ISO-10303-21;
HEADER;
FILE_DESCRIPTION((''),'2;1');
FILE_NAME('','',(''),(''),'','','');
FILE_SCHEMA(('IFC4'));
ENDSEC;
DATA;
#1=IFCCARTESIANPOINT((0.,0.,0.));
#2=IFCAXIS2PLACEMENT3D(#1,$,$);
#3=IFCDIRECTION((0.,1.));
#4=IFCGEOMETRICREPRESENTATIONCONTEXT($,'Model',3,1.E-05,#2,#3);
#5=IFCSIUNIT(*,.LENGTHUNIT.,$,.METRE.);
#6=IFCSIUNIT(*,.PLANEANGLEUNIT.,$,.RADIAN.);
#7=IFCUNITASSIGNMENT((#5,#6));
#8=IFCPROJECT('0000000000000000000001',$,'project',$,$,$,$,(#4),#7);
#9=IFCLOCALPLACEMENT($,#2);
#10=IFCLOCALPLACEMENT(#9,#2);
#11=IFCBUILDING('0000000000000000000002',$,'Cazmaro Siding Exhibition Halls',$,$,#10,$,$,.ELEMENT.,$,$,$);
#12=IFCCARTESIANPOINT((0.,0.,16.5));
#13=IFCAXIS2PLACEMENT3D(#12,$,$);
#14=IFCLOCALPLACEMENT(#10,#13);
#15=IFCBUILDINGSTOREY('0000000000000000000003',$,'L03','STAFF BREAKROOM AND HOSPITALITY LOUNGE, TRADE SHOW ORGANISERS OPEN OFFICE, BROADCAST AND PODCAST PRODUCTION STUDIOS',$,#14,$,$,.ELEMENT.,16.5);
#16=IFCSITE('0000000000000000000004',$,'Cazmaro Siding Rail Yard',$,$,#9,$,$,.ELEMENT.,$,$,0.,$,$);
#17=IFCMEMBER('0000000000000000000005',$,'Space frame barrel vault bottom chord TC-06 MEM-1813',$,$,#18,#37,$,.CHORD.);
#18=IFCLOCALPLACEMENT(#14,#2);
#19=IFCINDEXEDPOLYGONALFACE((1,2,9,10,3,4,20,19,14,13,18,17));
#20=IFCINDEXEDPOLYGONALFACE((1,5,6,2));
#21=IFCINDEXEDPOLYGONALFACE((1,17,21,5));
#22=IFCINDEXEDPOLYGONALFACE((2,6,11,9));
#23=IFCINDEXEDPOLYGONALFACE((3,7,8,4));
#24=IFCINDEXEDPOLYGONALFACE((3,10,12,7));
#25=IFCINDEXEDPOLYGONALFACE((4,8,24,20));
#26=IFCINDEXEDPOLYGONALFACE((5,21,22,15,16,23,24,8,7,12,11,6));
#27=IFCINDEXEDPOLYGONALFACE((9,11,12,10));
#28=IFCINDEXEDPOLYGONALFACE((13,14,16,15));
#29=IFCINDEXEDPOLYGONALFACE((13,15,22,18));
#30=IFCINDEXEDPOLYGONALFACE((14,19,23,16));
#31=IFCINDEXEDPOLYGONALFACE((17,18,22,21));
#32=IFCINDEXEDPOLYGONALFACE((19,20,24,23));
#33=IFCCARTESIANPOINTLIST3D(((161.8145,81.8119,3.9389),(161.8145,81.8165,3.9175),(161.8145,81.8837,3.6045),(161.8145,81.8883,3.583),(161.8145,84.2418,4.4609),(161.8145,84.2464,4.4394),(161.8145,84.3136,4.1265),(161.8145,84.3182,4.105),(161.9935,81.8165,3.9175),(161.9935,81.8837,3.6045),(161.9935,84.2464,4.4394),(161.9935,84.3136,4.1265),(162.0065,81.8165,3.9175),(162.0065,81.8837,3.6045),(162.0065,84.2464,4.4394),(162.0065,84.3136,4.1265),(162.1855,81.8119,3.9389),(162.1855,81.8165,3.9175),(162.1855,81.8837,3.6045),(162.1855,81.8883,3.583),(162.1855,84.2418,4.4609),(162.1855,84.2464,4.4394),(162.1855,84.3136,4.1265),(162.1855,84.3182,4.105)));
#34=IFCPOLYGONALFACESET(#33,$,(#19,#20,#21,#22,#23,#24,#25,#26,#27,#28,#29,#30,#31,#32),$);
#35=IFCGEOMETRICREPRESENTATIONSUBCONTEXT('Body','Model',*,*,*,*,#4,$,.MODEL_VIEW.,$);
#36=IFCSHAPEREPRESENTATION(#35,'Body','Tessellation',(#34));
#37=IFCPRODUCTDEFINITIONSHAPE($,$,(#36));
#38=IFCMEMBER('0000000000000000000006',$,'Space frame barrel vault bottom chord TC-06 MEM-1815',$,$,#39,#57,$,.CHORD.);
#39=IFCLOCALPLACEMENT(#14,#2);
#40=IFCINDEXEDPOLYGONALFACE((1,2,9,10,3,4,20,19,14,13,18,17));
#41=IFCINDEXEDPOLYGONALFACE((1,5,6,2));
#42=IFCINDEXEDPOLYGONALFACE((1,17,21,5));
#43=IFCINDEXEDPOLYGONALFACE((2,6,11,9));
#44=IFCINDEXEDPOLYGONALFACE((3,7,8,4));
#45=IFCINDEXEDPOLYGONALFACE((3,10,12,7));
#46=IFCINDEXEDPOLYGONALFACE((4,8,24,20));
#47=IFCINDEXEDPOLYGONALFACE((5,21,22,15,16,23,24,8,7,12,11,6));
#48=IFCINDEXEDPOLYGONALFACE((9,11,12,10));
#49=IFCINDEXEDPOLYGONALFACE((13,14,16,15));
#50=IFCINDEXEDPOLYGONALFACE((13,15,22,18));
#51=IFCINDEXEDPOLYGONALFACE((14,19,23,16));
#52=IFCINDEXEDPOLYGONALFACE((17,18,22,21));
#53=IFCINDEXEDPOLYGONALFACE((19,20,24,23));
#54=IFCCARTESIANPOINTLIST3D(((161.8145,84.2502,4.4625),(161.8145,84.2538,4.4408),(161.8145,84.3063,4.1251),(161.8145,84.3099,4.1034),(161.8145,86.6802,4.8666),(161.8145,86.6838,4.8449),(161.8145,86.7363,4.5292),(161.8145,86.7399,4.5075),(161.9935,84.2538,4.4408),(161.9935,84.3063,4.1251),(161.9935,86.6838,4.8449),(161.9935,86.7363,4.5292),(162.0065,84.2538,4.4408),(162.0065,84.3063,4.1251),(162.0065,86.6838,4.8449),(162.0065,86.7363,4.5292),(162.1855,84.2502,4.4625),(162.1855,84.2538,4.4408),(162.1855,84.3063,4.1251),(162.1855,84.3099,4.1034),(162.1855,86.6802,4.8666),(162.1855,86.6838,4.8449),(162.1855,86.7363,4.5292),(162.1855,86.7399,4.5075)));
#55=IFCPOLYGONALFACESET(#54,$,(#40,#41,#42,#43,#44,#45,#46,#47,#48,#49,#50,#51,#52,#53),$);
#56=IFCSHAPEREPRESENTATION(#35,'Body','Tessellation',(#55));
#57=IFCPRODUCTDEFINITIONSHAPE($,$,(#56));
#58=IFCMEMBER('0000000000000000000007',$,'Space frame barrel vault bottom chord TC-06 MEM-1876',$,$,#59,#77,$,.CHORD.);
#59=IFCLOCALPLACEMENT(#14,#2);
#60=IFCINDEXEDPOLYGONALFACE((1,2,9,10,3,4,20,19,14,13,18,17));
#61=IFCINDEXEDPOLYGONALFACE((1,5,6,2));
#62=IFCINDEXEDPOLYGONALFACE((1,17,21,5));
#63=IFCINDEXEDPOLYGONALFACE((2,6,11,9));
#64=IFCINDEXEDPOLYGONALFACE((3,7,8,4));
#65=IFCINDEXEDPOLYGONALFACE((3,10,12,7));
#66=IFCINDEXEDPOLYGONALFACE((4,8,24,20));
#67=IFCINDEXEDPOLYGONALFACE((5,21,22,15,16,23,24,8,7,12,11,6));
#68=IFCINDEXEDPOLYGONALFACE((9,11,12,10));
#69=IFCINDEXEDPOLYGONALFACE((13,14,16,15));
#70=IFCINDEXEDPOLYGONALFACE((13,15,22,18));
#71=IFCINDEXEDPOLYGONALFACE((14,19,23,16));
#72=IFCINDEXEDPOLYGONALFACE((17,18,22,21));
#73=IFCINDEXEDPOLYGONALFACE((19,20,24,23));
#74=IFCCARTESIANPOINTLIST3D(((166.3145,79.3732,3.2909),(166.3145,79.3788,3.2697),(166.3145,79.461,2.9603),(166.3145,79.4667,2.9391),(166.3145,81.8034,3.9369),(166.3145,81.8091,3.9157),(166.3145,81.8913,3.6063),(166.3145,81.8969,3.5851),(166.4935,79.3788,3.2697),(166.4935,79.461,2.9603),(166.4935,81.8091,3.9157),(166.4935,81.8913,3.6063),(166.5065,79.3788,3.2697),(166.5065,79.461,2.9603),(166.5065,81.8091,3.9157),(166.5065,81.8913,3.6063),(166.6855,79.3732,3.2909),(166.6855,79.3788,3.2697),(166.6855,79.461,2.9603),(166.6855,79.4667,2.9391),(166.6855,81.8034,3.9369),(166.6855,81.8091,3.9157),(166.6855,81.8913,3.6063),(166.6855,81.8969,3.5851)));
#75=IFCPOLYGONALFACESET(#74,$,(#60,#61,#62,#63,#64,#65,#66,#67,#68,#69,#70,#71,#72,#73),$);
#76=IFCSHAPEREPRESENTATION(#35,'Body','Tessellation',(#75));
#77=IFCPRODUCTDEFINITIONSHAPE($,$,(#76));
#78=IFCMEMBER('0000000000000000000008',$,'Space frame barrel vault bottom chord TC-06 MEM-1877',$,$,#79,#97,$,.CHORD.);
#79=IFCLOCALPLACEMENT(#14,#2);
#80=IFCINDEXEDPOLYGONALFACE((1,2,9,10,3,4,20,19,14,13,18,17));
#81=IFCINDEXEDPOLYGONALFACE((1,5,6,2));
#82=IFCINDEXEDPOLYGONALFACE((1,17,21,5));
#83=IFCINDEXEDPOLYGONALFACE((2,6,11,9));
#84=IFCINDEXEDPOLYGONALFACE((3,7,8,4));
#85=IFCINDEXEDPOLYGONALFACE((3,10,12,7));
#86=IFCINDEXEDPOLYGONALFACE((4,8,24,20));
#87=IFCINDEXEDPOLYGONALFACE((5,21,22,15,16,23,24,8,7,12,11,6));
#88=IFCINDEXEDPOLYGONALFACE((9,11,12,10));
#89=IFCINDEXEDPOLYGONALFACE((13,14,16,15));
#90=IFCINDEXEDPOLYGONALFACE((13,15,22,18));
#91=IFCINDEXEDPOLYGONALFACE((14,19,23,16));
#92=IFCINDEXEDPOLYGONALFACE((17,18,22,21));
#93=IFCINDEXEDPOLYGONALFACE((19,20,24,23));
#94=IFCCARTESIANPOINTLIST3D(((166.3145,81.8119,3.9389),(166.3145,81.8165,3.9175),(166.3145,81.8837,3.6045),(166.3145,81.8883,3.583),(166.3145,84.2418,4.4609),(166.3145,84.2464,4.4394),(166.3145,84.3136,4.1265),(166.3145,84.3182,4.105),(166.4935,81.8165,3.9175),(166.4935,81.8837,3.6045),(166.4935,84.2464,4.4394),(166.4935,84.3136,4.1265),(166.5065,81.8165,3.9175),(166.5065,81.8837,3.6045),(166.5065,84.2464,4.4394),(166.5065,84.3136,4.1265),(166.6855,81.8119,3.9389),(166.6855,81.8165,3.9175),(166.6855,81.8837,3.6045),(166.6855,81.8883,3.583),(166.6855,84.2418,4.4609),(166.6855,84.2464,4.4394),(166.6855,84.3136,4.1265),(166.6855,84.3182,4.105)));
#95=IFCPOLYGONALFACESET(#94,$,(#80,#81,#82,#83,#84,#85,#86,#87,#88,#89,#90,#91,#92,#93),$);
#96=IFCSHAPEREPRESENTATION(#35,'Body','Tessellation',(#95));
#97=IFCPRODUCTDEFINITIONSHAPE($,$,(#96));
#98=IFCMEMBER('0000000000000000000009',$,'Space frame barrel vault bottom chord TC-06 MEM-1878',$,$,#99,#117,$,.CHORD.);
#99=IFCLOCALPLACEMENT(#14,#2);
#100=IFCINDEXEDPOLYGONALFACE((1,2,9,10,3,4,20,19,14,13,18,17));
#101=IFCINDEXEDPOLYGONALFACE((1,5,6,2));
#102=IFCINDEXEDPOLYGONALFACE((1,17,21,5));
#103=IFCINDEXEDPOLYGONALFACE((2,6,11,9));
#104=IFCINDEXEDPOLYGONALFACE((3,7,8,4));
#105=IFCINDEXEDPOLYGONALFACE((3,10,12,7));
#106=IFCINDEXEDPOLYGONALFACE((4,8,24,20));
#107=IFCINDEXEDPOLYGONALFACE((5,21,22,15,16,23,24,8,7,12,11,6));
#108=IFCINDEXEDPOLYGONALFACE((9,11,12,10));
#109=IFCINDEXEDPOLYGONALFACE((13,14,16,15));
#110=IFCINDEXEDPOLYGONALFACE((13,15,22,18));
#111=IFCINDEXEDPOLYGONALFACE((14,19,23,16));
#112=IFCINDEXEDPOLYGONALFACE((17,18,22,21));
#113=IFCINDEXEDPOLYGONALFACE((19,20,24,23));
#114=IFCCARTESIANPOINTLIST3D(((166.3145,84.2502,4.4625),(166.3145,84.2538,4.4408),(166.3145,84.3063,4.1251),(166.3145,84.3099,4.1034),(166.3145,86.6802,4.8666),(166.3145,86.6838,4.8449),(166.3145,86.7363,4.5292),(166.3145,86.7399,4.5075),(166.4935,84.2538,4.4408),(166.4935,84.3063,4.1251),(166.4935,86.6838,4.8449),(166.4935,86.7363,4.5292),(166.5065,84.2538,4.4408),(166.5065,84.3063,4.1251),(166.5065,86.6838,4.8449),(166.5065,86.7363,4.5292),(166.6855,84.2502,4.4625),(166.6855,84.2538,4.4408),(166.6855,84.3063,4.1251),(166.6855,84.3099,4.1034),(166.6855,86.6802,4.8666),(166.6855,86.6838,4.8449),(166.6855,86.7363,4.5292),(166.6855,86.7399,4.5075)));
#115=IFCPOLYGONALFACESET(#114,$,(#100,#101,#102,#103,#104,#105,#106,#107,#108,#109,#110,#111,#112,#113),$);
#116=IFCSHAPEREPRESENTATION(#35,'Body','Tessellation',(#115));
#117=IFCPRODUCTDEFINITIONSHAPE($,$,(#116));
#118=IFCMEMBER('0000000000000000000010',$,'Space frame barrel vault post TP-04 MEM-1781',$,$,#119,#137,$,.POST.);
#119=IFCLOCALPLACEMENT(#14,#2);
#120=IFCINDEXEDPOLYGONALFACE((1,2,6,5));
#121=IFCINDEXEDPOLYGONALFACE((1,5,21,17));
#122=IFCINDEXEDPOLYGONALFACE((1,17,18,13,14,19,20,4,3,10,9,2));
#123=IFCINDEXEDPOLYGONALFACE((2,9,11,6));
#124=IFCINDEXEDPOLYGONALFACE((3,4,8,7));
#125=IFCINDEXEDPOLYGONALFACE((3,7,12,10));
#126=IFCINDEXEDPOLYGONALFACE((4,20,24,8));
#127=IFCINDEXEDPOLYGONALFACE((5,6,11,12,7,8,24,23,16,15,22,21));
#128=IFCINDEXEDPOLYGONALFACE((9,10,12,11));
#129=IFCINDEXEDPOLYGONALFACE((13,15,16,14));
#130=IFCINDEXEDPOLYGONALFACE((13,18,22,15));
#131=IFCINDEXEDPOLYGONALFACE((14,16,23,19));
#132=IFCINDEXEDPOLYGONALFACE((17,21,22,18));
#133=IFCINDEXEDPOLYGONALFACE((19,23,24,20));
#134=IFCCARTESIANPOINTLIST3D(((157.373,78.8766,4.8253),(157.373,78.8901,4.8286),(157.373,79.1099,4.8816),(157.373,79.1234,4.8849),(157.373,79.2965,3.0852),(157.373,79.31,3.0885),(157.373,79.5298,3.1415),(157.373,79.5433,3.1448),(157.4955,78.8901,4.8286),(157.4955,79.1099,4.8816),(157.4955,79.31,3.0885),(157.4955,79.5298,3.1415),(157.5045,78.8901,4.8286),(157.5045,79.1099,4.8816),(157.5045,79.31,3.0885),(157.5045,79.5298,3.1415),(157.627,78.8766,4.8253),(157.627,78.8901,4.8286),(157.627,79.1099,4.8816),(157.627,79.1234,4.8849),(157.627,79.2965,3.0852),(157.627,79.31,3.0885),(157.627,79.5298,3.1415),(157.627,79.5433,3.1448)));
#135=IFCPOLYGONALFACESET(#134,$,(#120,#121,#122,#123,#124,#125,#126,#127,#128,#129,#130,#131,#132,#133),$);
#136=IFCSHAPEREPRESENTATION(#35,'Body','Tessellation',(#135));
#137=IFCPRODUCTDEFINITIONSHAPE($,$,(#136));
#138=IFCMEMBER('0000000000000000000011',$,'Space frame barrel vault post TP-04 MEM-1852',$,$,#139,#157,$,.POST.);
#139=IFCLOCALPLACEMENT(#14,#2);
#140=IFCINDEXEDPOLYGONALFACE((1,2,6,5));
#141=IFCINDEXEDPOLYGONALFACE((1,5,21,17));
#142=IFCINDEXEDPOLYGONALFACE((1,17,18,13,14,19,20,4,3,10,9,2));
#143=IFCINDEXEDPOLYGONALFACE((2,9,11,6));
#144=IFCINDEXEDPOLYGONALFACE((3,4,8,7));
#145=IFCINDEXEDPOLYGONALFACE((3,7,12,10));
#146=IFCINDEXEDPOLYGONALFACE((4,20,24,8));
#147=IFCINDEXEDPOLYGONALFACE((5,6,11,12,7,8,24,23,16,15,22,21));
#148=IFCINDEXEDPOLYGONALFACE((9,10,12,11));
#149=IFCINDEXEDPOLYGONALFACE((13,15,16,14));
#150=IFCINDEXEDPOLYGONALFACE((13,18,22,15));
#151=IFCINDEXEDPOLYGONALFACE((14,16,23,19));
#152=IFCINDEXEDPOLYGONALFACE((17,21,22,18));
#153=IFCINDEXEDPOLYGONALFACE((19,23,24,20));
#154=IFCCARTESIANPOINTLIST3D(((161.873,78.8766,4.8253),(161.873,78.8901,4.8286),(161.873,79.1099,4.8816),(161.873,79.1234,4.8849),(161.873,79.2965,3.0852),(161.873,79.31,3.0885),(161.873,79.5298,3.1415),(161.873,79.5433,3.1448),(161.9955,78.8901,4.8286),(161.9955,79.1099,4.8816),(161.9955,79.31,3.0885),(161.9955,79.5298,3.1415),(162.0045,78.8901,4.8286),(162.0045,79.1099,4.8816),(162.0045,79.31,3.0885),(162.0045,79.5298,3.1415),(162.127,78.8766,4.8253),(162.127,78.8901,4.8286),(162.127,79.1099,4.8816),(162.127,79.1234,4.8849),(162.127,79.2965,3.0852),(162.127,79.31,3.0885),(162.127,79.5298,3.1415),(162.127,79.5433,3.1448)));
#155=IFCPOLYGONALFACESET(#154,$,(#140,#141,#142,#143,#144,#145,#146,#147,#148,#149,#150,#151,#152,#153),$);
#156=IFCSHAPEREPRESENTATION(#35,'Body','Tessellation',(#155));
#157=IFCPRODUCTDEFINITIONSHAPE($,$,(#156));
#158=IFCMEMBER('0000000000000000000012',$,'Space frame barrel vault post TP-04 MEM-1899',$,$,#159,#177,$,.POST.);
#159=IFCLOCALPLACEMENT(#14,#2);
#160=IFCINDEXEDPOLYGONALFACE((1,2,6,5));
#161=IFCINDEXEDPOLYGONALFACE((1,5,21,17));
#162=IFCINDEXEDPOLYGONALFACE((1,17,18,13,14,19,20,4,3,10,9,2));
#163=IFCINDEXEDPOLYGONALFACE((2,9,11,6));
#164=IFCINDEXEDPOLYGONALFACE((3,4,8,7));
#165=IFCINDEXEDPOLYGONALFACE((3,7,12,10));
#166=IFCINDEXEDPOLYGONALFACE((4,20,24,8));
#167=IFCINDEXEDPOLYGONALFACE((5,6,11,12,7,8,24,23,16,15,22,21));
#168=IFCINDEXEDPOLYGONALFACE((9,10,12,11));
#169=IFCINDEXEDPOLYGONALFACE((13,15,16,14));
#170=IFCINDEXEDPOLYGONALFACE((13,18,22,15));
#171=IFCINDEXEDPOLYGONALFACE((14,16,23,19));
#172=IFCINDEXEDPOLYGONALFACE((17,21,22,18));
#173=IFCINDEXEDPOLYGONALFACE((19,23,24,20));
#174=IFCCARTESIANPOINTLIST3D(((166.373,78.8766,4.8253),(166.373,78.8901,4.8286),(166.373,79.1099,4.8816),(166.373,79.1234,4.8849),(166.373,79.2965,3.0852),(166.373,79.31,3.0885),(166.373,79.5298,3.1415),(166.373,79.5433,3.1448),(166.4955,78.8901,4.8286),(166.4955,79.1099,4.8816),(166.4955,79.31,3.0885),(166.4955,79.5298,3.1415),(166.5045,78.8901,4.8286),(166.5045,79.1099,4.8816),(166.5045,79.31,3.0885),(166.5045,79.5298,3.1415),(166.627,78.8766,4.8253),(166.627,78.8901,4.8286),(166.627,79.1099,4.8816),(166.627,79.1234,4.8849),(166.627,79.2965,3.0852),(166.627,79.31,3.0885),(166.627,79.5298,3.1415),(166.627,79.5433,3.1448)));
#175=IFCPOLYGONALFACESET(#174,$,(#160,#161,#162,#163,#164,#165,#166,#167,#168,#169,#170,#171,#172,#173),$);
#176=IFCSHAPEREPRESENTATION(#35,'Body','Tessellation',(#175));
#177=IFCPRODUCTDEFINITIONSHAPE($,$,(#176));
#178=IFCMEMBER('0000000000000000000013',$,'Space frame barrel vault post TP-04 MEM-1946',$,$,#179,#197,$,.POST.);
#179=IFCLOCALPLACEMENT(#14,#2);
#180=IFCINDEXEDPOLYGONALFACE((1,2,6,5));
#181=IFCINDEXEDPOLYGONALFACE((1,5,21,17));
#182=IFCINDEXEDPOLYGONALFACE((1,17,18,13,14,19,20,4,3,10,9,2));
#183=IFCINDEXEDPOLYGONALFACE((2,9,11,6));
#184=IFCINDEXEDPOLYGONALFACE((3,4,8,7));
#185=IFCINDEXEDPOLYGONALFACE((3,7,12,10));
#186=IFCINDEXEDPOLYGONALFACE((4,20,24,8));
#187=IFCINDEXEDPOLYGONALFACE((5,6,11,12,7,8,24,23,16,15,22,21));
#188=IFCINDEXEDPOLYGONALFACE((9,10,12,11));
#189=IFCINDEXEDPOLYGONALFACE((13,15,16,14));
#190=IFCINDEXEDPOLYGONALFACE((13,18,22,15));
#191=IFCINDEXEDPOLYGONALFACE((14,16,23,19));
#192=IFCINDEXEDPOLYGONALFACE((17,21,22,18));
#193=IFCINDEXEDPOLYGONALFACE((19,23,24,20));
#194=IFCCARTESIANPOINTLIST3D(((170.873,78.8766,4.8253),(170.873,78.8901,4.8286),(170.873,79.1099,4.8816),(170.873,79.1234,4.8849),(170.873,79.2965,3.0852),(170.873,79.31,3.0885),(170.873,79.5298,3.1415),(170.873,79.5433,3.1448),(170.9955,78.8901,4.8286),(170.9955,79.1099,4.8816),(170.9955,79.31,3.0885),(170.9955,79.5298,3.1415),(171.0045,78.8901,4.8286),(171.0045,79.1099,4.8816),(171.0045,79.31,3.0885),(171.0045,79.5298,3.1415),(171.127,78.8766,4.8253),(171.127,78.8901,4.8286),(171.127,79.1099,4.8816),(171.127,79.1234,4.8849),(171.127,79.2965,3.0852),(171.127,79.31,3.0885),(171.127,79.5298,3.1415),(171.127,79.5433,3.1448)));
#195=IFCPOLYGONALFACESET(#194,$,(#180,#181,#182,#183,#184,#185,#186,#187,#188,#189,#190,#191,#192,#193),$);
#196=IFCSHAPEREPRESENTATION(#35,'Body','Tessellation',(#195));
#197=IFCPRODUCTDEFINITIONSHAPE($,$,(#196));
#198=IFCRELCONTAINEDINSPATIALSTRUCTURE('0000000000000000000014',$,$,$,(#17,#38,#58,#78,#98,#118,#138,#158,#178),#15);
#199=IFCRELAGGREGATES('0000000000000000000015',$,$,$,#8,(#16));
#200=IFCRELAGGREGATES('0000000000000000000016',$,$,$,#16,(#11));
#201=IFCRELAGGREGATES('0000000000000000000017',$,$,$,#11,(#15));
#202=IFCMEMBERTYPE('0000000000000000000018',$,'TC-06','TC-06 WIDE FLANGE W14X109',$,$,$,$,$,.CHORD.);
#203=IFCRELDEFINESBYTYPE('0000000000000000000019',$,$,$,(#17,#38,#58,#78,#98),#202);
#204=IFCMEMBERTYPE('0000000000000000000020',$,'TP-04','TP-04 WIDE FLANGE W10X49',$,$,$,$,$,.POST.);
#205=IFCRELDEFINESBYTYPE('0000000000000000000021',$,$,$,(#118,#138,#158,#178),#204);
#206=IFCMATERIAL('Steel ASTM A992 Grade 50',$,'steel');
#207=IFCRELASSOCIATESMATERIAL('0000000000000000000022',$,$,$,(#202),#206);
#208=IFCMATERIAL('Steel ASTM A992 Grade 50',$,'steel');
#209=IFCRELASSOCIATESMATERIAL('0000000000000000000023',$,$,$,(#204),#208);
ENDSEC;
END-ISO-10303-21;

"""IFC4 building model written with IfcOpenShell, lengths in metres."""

from ifc_helpers import new_model, si_unit, direction, frame, origin, origin_2d, place, context, subcontext, project, spatial, i_section, extrude, material, material_profile, profile_set, type_object, element, save


model = new_model("IFC4")

# Units and contexts
model_context = context("Model", 3, precision=1e-05, world=origin(), true_north=direction((0.0, 1.0)))
body_context = subcontext(model_context, "Body", "Model", "MODEL_VIEW")
ifc_project = project(units=[si_unit("LENGTHUNIT", "METRE"), si_unit("PLANEANGLEUNIT", "RADIAN")], contexts=[model_context])

# Site, building, storey
site_placement = place(None, origin())
site = spatial("IfcSite", under=ifc_project, at=site_placement, Name="Cazmaro Siding Rail Yard", CompositionType="ELEMENT", RefElevation=0.0)
building_placement = place(site_placement, origin())
building = spatial("IfcBuilding", under=site, at=building_placement, Name="Cazmaro Siding Exhibition Halls", CompositionType="ELEMENT")
storey_placement = place(building_placement, frame((0.0, 0.0, 16.5)))
storey = spatial("IfcBuildingStorey", under=building, at=storey_placement, Name="L03", Description="STAFF BREAKROOM AND HOSPITALITY LOUNGE, TRADE SHOW ORGANISERS OPEN OFFICE, BROADCAST AND PODCAST PRODUCTION STUDIOS", CompositionType="ELEMENT", Elevation=16.5)

# Members
ifc_material_1 = material(Name="Steel ASTM A992 Grade 50", Category="steel")
ifc_material_profile_1 = material_profile(ifc_material_1, i_section(OverallWidth=0.3711, OverallDepth=0.364, WebThickness=0.0129, FlangeThickness=0.022, at=origin_2d()), Name="W14X109")
ifc_profile_set_1 = profile_set([ifc_material_profile_1], Name="Steel ASTM A992 Grade 50")
member_type_1 = type_object("IfcMemberType", Name="TC-06", Description="TC-06 WIDE FLANGE W14X109", PredefinedType="CHORD", material=ifc_profile_set_1)
member_1_placement = place(storey_placement, frame((162.0, 81.8501, 3.761), z_axis=(0.0, 0.977697, 0.210019), x_axis=(-1.0, 0.0, 0.0)))
element("IfcMember", 1, at=member_1_placement, inside=storey, type_object=member_type_1, Name="Space frame barrel vault bottom chord TC-06 MEM-1813", PredefinedType="CHORD", context=body_context, shape_type="SweptSolid", body=[
    extrude(i_section(OverallWidth=0.3711, OverallDepth=0.364, WebThickness=0.0129, FlangeThickness=0.022, at=origin_2d()), origin(), (0.0, 0.0, 1.0), 2.4854),
])
member_2_placement = place(storey_placement, frame((162.0, 84.28, 4.283), z_axis=(0.0, 0.986455, 0.164029), x_axis=(-1.0, 0.0, 0.0)))
element("IfcMember", 2, at=member_2_placement, inside=storey, type_object=member_type_1, Name="Space frame barrel vault bottom chord TC-06 MEM-1815", PredefinedType="CHORD", context=body_context, shape_type="SweptSolid", body=[
    extrude(i_section(OverallWidth=0.3711, OverallDepth=0.364, WebThickness=0.0129, FlangeThickness=0.022, at=origin_2d()), origin(), (0.0, 0.0, 1.0), 2.4634),
])
member_3_placement = place(storey_placement, frame((166.5, 79.4199, 3.115), z_axis=(0.0, 0.966438, 0.256901), x_axis=(-1.0, 0.0, 0.0)))
element("IfcMember", 3, at=member_3_placement, inside=storey, type_object=member_type_1, Name="Space frame barrel vault bottom chord TC-06 MEM-1876", PredefinedType="CHORD", context=body_context, shape_type="SweptSolid", body=[
    extrude(i_section(OverallWidth=0.3711, OverallDepth=0.364, WebThickness=0.0129, FlangeThickness=0.022, at=origin_2d()), origin(), (0.0, 0.0, 1.0), 2.5146),
])
member_4_placement = place(storey_placement, frame((166.5, 81.8501, 3.761), z_axis=(0.0, 0.977697, 0.210019), x_axis=(-1.0, 0.0, 0.0)))
element("IfcMember", 4, at=member_4_placement, inside=storey, type_object=member_type_1, Name="Space frame barrel vault bottom chord TC-06 MEM-1877", PredefinedType="CHORD", context=body_context, shape_type="SweptSolid", body=[
    extrude(i_section(OverallWidth=0.3711, OverallDepth=0.364, WebThickness=0.0129, FlangeThickness=0.022, at=origin_2d()), origin(), (0.0, 0.0, 1.0), 2.4854),
])
member_5_placement = place(storey_placement, frame((166.5, 84.28, 4.283), z_axis=(0.0, 0.986455, 0.164029), x_axis=(-1.0, 0.0, 0.0)))
element("IfcMember", 5, at=member_5_placement, inside=storey, type_object=member_type_1, Name="Space frame barrel vault bottom chord TC-06 MEM-1878", PredefinedType="CHORD", context=body_context, shape_type="SweptSolid", body=[
    extrude(i_section(OverallWidth=0.3711, OverallDepth=0.364, WebThickness=0.0129, FlangeThickness=0.022, at=origin_2d()), origin(), (0.0, 0.0, 1.0), 2.4634),
])
ifc_material_2 = material(Name="Steel ASTM A992 Grade 50", Category="steel")
ifc_material_profile_2 = material_profile(ifc_material_2, i_section(OverallWidth=0.2539, OverallDepth=0.2539, WebThickness=0.009, FlangeThickness=0.0139, at=origin_2d()), Name="W10X49")
ifc_profile_set_2 = profile_set([ifc_material_profile_2], Name="Steel ASTM A992 Grade 50")
member_type_2 = type_object("IfcMemberType", Name="TP-04", Description="TP-04 WIDE FLANGE W10X49", PredefinedType="POST", material=ifc_profile_set_2)
for number, where, z_axis, x_axis, name in (
    (6, (157.5, 79.4199, 3.115), (0.0, -0.234601, 0.972092), (1.0, 0.0, 0.0), "Space frame barrel vault post TP-04 MEM-1781"),
    (7, (162.0, 79.4199, 3.115), (0.0, -0.234601, 0.972092), (1.0, 0.0, 0.0), "Space frame barrel vault post TP-04 MEM-1852"),
    (8, (166.5, 79.4199, 3.115), (0.0, -0.234601, 0.972092), (1.0, 0.0, 0.0), "Space frame barrel vault post TP-04 MEM-1899"),
    (9, (171.0, 79.4199, 3.115), (0.0, -0.234601, 0.972092), (1.0, 0.0, 0.0), "Space frame barrel vault post TP-04 MEM-1946"),
):
    element("IfcMember", number, at=place(storey_placement, frame(where, z_axis=z_axis, x_axis=x_axis)), inside=storey, type_object=member_type_2, Name=name, PredefinedType="POST", context=body_context, shape_type="SweptSolid", body=[
        extrude(i_section(OverallWidth=0.2539, OverallDepth=0.2539, WebThickness=0.009, FlangeThickness=0.0139, at=origin_2d()), origin(), (0.0, 0.0, 1.0), 1.79),
    ])

save(model, "model.ifc")
